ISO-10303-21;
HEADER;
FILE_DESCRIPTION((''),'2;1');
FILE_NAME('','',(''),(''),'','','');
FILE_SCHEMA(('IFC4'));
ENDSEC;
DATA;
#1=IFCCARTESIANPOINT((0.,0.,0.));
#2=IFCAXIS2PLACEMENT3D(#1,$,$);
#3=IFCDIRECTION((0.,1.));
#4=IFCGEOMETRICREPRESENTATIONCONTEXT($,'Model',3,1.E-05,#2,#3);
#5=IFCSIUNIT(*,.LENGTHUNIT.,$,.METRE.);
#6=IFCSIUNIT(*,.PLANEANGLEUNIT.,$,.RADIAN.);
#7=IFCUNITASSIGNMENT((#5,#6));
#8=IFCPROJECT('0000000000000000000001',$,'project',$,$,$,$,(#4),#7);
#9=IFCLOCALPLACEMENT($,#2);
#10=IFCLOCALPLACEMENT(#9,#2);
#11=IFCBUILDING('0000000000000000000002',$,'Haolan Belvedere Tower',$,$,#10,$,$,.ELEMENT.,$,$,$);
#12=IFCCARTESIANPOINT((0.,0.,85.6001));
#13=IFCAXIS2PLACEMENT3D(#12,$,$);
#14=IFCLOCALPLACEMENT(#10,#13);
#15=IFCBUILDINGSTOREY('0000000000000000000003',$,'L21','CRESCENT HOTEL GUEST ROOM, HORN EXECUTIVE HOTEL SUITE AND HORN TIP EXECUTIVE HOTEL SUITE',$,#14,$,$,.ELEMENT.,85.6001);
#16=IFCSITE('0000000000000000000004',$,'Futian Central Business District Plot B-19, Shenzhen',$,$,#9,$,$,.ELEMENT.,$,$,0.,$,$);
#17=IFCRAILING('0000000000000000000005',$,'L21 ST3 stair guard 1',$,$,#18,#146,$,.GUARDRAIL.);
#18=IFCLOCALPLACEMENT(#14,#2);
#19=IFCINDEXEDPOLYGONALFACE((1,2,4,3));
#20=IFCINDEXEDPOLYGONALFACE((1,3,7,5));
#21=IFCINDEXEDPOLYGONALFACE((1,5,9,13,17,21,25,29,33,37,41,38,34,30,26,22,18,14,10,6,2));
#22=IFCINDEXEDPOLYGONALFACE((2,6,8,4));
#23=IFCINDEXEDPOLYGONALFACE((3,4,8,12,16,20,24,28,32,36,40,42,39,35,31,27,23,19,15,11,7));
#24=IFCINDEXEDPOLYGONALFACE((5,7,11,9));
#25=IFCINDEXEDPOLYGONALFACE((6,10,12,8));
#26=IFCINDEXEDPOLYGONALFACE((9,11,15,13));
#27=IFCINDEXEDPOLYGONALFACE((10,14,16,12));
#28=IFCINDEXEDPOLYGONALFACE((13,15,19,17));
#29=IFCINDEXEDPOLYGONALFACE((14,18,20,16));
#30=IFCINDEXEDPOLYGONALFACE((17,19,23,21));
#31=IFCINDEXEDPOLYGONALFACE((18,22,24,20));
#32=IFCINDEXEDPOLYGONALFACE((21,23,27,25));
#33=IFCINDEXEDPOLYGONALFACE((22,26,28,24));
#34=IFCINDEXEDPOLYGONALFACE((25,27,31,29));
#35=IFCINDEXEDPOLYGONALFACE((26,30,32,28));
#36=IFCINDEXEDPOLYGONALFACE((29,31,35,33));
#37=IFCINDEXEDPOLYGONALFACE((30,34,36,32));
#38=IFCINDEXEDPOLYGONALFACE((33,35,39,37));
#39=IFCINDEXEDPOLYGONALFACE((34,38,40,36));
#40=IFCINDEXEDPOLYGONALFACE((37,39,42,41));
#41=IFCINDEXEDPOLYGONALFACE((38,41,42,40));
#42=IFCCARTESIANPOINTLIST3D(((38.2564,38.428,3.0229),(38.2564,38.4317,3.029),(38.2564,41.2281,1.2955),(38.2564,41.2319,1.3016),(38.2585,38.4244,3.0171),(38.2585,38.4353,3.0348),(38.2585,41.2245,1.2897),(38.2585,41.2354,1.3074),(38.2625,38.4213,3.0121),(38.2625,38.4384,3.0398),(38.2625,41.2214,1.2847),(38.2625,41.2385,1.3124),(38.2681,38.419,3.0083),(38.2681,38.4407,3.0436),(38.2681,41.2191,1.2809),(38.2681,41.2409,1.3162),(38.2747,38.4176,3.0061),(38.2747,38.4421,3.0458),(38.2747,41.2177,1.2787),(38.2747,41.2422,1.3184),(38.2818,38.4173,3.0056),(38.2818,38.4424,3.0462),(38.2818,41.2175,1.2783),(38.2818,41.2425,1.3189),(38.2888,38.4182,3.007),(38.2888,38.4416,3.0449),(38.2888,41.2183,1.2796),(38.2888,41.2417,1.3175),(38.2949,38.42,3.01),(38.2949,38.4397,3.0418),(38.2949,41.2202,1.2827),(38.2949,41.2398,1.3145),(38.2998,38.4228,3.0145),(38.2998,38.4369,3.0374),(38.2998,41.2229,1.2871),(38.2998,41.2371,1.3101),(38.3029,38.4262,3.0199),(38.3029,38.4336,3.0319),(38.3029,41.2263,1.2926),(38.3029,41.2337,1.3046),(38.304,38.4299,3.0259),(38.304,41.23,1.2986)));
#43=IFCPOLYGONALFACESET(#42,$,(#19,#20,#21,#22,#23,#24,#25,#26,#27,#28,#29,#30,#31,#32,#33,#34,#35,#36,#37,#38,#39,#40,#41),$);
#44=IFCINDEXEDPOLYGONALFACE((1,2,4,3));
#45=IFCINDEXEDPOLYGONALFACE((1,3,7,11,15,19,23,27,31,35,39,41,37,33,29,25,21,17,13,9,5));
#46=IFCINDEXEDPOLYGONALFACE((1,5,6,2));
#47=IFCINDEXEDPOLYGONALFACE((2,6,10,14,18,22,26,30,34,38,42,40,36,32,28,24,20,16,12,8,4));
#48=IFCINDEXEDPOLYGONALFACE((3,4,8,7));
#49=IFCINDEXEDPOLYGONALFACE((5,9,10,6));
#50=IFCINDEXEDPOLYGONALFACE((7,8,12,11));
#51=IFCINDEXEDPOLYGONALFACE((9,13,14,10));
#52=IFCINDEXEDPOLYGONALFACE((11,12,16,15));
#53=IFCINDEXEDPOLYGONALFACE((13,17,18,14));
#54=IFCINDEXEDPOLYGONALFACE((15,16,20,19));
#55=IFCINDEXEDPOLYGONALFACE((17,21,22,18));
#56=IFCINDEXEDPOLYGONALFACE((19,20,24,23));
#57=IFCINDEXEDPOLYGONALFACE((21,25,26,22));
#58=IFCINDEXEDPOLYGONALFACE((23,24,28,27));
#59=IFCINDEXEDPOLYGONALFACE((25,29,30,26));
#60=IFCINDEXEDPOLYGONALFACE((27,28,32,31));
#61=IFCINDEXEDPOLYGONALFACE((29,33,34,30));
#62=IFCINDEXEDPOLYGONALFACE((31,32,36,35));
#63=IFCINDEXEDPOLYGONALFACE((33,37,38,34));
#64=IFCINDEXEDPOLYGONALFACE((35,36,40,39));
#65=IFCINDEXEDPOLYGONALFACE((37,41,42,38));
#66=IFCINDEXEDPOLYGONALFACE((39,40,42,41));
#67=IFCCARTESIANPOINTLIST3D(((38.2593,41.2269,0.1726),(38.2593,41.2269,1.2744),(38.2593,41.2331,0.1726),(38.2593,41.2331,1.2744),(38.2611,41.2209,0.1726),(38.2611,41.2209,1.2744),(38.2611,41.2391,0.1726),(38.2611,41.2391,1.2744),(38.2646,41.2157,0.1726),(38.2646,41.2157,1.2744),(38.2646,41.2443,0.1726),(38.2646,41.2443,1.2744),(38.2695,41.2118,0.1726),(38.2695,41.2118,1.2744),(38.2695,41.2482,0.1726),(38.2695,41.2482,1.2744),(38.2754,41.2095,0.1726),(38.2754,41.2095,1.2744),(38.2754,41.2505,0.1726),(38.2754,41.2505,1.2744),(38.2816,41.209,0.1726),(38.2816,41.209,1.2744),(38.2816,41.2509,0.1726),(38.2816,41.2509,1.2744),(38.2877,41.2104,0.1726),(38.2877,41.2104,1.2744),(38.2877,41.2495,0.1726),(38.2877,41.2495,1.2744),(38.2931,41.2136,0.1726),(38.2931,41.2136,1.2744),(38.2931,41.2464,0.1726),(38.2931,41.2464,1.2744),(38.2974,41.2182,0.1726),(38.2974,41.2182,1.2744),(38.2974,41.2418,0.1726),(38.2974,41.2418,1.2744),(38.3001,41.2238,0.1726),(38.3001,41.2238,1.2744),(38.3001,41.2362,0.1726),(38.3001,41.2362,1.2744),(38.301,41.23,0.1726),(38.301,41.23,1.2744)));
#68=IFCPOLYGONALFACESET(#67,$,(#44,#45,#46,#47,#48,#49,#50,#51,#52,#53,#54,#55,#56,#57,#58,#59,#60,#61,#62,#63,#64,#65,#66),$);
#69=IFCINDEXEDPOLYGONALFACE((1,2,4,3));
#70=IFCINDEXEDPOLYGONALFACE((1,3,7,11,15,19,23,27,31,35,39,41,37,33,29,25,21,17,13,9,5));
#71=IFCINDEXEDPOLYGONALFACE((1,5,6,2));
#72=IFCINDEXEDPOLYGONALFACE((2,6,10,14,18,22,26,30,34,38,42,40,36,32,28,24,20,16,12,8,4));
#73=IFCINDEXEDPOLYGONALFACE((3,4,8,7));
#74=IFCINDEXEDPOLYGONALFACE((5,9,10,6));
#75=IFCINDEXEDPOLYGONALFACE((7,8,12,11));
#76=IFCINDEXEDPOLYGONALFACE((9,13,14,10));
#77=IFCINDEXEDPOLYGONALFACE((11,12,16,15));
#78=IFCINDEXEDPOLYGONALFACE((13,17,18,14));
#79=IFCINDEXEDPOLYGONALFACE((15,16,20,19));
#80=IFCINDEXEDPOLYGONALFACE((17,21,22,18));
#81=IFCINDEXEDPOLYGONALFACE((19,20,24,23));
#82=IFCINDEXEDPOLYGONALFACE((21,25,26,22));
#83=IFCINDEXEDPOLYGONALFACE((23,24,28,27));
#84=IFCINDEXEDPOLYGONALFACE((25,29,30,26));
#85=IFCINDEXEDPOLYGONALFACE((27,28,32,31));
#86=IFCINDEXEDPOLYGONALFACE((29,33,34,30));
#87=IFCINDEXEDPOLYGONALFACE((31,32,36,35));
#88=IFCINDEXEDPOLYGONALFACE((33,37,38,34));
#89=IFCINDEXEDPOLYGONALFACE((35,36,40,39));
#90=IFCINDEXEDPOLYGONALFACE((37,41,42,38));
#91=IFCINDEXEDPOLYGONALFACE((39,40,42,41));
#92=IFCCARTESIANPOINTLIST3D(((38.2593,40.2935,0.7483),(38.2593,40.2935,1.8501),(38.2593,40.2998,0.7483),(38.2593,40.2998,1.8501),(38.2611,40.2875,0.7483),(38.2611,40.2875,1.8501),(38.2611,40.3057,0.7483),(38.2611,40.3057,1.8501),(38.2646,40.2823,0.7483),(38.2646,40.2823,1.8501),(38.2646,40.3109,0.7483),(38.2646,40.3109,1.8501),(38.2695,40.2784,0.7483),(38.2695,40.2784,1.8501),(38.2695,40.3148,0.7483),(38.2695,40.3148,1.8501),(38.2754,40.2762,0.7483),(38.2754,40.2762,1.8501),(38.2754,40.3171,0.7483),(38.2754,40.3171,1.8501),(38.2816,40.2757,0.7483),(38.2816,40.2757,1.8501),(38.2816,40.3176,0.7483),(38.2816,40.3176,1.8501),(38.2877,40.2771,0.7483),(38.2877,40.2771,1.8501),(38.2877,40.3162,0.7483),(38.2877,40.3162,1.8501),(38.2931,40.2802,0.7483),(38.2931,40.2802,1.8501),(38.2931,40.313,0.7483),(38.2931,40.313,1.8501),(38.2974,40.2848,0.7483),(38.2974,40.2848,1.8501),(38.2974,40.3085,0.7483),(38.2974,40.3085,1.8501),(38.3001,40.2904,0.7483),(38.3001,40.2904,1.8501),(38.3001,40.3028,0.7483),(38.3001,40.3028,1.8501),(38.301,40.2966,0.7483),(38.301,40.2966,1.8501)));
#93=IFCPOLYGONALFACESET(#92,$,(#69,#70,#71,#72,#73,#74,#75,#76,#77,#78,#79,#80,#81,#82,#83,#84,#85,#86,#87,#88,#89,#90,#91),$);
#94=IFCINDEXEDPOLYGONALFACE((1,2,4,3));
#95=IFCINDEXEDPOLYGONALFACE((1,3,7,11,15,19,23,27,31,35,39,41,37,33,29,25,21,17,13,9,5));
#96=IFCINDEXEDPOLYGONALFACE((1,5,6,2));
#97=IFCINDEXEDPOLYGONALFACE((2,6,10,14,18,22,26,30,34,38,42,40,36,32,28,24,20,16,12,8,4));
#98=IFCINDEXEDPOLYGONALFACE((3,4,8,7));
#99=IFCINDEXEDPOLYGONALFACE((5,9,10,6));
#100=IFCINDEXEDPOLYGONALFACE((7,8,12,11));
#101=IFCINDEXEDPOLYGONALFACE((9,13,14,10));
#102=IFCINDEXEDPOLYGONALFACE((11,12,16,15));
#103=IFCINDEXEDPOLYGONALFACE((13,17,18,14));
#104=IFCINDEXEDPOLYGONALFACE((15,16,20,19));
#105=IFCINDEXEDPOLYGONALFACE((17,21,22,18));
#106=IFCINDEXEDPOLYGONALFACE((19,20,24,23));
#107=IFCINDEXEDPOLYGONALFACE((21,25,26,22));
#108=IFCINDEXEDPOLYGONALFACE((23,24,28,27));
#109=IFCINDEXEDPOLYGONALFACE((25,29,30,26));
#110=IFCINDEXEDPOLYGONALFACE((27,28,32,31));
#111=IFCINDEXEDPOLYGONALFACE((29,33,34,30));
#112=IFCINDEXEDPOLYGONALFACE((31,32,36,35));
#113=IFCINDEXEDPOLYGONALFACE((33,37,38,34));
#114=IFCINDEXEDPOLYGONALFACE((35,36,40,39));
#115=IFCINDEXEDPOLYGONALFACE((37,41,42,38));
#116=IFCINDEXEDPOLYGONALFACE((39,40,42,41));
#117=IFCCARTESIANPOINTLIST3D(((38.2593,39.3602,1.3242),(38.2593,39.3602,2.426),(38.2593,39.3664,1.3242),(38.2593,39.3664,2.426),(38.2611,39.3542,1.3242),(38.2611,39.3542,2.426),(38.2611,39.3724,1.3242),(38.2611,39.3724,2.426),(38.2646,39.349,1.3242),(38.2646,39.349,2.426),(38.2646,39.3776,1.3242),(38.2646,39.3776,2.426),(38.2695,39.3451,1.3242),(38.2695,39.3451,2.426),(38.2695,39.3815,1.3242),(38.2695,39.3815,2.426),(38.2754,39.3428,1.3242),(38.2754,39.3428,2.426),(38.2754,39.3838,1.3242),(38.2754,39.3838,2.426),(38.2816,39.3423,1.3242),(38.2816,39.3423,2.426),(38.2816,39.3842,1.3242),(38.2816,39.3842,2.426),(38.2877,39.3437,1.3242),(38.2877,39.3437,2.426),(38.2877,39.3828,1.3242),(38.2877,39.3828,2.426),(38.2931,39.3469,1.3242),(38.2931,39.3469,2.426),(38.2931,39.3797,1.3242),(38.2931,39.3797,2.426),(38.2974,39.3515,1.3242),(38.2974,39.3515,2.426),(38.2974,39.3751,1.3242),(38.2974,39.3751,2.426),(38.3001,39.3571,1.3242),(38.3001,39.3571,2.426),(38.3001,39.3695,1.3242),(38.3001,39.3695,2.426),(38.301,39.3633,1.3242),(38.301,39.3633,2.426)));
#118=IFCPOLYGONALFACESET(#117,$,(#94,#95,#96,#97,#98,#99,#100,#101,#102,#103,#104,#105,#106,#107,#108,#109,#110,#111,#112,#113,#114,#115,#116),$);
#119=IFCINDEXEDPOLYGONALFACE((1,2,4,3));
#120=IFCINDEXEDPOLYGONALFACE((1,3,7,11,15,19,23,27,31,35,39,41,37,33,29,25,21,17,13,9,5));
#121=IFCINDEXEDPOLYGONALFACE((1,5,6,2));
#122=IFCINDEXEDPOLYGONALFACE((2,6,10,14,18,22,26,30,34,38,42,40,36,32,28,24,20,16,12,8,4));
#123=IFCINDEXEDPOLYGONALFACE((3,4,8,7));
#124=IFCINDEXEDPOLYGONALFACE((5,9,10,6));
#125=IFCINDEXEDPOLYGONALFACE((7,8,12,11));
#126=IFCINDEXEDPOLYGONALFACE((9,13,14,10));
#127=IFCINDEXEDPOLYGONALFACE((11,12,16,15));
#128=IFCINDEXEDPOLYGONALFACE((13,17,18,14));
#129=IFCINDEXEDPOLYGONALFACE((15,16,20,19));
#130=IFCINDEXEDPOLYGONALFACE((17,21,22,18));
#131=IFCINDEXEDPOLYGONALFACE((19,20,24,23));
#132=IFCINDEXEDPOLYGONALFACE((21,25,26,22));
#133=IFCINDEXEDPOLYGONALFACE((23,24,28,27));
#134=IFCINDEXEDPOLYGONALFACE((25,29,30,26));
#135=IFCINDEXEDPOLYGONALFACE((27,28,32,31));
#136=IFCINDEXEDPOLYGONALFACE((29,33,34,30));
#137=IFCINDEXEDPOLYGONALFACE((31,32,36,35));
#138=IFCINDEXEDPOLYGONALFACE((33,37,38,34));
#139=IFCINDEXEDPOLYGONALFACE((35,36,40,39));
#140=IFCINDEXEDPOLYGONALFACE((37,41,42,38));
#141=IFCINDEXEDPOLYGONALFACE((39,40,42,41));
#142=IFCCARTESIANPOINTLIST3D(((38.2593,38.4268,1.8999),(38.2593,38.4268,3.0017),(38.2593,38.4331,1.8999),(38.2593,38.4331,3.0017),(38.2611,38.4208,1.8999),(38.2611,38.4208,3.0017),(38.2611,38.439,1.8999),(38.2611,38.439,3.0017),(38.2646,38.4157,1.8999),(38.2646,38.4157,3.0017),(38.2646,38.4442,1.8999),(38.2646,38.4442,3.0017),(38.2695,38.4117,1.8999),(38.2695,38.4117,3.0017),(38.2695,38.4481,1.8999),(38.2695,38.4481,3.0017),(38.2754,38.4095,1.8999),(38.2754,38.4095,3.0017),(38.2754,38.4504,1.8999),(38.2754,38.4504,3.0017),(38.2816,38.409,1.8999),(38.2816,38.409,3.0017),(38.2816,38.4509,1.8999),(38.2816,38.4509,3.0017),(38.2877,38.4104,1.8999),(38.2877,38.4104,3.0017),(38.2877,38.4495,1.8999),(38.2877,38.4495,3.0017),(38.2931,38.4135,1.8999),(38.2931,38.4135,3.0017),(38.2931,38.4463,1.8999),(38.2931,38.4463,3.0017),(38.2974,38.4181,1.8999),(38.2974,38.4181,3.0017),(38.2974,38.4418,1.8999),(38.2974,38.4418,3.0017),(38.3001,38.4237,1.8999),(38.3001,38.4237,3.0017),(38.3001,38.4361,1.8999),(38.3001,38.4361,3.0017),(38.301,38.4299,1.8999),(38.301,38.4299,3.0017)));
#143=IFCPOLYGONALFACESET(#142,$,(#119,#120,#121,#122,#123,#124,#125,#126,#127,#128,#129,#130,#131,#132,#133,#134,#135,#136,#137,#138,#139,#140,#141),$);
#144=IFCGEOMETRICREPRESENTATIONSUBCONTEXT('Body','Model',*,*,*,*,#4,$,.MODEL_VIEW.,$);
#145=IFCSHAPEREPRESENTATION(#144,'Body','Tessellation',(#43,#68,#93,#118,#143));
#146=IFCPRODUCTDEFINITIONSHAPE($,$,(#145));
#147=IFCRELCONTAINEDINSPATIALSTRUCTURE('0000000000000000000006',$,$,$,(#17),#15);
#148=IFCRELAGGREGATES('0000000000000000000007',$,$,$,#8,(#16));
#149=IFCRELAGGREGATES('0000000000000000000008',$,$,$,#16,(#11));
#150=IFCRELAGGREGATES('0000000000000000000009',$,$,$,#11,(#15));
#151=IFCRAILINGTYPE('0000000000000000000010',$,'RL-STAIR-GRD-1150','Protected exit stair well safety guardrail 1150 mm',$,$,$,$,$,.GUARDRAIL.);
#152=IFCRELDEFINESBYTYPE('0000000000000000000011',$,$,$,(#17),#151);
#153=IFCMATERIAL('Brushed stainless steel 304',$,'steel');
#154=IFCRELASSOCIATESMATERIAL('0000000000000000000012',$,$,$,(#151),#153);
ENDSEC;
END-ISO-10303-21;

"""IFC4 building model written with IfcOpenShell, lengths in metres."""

from ifc_helpers import new_model, si_unit, direction, frame, origin, origin_2d, place, context, subcontext, project, spatial, circle, extrude, material, type_object, element, save


model = new_model("IFC4")

# Units and contexts
model_context = context("Model", 3, precision=1e-05, world=origin(), true_north=direction((0.0, 1.0)))
body_context = subcontext(model_context, "Body", "Model", "MODEL_VIEW")
ifc_project = project(units=[si_unit("LENGTHUNIT", "METRE"), si_unit("PLANEANGLEUNIT", "RADIAN")], contexts=[model_context])

# Site, building, storey
site_placement = place(None, origin())
site = spatial("IfcSite", under=ifc_project, at=site_placement, Name="Futian Central Business District Plot B-19, Shenzhen", CompositionType="ELEMENT", RefElevation=0.0)
building_placement = place(site_placement, origin())
building = spatial("IfcBuilding", under=site, at=building_placement, Name="Haolan Belvedere Tower", CompositionType="ELEMENT")
storey_placement = place(building_placement, frame((0.0, 0.0, 85.6001)))
storey = spatial("IfcBuildingStorey", under=building, at=storey_placement, Name="L21", Description="CRESCENT HOTEL GUEST ROOM, HORN EXECUTIVE HOTEL SUITE AND HORN TIP EXECUTIVE HOTEL SUITE", CompositionType="ELEMENT", Elevation=85.6001)

# Railing
ifc_material_1 = material(Name="Brushed stainless steel 304", Category="steel")
railing_type_1 = type_object("IfcRailingType", Name="RL-STAIR-GRD-1150", Description="Protected exit stair well safety guardrail 1150 mm", PredefinedType="GUARDRAIL", material=ifc_material_1)
railing_1_placement = place(storey_placement, frame((38.28, 41.23, 0.1726)))
element("IfcRailing", 1, at=railing_1_placement, inside=storey, type_object=railing_type_1, Name="L21 ST3 stair guard 1", PredefinedType="GUARDRAIL", context=body_context, shape_type="SweptSolid", body=[
    extrude(circle(Radius=0.0239, at=origin_2d()), frame((0.0, 0.0, 1.126), z_axis=(0.0, -0.85109, 0.52502), x_axis=(1.0, 0.0, 0.0)), (0.0, 0.0, 1.0), 3.29),
    extrude(circle(Radius=0.021, at=origin_2d()), origin(), (0.0, 0.0, 1.0), 1.1018),
    extrude(circle(Radius=0.021, at=origin_2d()), frame((0.0, -0.9333, 0.5757)), (0.0, 0.0, 1.0), 1.1018),
    extrude(circle(Radius=0.021, at=origin_2d()), frame((0.0, -1.8667, 1.1516)), (0.0, 0.0, 1.0), 1.1018),
    extrude(circle(Radius=0.021, at=origin_2d()), frame((0.0, -2.8, 1.7273)), (0.0, 0.0, 1.0), 1.1018),
])

save(model, "model.ifc")
